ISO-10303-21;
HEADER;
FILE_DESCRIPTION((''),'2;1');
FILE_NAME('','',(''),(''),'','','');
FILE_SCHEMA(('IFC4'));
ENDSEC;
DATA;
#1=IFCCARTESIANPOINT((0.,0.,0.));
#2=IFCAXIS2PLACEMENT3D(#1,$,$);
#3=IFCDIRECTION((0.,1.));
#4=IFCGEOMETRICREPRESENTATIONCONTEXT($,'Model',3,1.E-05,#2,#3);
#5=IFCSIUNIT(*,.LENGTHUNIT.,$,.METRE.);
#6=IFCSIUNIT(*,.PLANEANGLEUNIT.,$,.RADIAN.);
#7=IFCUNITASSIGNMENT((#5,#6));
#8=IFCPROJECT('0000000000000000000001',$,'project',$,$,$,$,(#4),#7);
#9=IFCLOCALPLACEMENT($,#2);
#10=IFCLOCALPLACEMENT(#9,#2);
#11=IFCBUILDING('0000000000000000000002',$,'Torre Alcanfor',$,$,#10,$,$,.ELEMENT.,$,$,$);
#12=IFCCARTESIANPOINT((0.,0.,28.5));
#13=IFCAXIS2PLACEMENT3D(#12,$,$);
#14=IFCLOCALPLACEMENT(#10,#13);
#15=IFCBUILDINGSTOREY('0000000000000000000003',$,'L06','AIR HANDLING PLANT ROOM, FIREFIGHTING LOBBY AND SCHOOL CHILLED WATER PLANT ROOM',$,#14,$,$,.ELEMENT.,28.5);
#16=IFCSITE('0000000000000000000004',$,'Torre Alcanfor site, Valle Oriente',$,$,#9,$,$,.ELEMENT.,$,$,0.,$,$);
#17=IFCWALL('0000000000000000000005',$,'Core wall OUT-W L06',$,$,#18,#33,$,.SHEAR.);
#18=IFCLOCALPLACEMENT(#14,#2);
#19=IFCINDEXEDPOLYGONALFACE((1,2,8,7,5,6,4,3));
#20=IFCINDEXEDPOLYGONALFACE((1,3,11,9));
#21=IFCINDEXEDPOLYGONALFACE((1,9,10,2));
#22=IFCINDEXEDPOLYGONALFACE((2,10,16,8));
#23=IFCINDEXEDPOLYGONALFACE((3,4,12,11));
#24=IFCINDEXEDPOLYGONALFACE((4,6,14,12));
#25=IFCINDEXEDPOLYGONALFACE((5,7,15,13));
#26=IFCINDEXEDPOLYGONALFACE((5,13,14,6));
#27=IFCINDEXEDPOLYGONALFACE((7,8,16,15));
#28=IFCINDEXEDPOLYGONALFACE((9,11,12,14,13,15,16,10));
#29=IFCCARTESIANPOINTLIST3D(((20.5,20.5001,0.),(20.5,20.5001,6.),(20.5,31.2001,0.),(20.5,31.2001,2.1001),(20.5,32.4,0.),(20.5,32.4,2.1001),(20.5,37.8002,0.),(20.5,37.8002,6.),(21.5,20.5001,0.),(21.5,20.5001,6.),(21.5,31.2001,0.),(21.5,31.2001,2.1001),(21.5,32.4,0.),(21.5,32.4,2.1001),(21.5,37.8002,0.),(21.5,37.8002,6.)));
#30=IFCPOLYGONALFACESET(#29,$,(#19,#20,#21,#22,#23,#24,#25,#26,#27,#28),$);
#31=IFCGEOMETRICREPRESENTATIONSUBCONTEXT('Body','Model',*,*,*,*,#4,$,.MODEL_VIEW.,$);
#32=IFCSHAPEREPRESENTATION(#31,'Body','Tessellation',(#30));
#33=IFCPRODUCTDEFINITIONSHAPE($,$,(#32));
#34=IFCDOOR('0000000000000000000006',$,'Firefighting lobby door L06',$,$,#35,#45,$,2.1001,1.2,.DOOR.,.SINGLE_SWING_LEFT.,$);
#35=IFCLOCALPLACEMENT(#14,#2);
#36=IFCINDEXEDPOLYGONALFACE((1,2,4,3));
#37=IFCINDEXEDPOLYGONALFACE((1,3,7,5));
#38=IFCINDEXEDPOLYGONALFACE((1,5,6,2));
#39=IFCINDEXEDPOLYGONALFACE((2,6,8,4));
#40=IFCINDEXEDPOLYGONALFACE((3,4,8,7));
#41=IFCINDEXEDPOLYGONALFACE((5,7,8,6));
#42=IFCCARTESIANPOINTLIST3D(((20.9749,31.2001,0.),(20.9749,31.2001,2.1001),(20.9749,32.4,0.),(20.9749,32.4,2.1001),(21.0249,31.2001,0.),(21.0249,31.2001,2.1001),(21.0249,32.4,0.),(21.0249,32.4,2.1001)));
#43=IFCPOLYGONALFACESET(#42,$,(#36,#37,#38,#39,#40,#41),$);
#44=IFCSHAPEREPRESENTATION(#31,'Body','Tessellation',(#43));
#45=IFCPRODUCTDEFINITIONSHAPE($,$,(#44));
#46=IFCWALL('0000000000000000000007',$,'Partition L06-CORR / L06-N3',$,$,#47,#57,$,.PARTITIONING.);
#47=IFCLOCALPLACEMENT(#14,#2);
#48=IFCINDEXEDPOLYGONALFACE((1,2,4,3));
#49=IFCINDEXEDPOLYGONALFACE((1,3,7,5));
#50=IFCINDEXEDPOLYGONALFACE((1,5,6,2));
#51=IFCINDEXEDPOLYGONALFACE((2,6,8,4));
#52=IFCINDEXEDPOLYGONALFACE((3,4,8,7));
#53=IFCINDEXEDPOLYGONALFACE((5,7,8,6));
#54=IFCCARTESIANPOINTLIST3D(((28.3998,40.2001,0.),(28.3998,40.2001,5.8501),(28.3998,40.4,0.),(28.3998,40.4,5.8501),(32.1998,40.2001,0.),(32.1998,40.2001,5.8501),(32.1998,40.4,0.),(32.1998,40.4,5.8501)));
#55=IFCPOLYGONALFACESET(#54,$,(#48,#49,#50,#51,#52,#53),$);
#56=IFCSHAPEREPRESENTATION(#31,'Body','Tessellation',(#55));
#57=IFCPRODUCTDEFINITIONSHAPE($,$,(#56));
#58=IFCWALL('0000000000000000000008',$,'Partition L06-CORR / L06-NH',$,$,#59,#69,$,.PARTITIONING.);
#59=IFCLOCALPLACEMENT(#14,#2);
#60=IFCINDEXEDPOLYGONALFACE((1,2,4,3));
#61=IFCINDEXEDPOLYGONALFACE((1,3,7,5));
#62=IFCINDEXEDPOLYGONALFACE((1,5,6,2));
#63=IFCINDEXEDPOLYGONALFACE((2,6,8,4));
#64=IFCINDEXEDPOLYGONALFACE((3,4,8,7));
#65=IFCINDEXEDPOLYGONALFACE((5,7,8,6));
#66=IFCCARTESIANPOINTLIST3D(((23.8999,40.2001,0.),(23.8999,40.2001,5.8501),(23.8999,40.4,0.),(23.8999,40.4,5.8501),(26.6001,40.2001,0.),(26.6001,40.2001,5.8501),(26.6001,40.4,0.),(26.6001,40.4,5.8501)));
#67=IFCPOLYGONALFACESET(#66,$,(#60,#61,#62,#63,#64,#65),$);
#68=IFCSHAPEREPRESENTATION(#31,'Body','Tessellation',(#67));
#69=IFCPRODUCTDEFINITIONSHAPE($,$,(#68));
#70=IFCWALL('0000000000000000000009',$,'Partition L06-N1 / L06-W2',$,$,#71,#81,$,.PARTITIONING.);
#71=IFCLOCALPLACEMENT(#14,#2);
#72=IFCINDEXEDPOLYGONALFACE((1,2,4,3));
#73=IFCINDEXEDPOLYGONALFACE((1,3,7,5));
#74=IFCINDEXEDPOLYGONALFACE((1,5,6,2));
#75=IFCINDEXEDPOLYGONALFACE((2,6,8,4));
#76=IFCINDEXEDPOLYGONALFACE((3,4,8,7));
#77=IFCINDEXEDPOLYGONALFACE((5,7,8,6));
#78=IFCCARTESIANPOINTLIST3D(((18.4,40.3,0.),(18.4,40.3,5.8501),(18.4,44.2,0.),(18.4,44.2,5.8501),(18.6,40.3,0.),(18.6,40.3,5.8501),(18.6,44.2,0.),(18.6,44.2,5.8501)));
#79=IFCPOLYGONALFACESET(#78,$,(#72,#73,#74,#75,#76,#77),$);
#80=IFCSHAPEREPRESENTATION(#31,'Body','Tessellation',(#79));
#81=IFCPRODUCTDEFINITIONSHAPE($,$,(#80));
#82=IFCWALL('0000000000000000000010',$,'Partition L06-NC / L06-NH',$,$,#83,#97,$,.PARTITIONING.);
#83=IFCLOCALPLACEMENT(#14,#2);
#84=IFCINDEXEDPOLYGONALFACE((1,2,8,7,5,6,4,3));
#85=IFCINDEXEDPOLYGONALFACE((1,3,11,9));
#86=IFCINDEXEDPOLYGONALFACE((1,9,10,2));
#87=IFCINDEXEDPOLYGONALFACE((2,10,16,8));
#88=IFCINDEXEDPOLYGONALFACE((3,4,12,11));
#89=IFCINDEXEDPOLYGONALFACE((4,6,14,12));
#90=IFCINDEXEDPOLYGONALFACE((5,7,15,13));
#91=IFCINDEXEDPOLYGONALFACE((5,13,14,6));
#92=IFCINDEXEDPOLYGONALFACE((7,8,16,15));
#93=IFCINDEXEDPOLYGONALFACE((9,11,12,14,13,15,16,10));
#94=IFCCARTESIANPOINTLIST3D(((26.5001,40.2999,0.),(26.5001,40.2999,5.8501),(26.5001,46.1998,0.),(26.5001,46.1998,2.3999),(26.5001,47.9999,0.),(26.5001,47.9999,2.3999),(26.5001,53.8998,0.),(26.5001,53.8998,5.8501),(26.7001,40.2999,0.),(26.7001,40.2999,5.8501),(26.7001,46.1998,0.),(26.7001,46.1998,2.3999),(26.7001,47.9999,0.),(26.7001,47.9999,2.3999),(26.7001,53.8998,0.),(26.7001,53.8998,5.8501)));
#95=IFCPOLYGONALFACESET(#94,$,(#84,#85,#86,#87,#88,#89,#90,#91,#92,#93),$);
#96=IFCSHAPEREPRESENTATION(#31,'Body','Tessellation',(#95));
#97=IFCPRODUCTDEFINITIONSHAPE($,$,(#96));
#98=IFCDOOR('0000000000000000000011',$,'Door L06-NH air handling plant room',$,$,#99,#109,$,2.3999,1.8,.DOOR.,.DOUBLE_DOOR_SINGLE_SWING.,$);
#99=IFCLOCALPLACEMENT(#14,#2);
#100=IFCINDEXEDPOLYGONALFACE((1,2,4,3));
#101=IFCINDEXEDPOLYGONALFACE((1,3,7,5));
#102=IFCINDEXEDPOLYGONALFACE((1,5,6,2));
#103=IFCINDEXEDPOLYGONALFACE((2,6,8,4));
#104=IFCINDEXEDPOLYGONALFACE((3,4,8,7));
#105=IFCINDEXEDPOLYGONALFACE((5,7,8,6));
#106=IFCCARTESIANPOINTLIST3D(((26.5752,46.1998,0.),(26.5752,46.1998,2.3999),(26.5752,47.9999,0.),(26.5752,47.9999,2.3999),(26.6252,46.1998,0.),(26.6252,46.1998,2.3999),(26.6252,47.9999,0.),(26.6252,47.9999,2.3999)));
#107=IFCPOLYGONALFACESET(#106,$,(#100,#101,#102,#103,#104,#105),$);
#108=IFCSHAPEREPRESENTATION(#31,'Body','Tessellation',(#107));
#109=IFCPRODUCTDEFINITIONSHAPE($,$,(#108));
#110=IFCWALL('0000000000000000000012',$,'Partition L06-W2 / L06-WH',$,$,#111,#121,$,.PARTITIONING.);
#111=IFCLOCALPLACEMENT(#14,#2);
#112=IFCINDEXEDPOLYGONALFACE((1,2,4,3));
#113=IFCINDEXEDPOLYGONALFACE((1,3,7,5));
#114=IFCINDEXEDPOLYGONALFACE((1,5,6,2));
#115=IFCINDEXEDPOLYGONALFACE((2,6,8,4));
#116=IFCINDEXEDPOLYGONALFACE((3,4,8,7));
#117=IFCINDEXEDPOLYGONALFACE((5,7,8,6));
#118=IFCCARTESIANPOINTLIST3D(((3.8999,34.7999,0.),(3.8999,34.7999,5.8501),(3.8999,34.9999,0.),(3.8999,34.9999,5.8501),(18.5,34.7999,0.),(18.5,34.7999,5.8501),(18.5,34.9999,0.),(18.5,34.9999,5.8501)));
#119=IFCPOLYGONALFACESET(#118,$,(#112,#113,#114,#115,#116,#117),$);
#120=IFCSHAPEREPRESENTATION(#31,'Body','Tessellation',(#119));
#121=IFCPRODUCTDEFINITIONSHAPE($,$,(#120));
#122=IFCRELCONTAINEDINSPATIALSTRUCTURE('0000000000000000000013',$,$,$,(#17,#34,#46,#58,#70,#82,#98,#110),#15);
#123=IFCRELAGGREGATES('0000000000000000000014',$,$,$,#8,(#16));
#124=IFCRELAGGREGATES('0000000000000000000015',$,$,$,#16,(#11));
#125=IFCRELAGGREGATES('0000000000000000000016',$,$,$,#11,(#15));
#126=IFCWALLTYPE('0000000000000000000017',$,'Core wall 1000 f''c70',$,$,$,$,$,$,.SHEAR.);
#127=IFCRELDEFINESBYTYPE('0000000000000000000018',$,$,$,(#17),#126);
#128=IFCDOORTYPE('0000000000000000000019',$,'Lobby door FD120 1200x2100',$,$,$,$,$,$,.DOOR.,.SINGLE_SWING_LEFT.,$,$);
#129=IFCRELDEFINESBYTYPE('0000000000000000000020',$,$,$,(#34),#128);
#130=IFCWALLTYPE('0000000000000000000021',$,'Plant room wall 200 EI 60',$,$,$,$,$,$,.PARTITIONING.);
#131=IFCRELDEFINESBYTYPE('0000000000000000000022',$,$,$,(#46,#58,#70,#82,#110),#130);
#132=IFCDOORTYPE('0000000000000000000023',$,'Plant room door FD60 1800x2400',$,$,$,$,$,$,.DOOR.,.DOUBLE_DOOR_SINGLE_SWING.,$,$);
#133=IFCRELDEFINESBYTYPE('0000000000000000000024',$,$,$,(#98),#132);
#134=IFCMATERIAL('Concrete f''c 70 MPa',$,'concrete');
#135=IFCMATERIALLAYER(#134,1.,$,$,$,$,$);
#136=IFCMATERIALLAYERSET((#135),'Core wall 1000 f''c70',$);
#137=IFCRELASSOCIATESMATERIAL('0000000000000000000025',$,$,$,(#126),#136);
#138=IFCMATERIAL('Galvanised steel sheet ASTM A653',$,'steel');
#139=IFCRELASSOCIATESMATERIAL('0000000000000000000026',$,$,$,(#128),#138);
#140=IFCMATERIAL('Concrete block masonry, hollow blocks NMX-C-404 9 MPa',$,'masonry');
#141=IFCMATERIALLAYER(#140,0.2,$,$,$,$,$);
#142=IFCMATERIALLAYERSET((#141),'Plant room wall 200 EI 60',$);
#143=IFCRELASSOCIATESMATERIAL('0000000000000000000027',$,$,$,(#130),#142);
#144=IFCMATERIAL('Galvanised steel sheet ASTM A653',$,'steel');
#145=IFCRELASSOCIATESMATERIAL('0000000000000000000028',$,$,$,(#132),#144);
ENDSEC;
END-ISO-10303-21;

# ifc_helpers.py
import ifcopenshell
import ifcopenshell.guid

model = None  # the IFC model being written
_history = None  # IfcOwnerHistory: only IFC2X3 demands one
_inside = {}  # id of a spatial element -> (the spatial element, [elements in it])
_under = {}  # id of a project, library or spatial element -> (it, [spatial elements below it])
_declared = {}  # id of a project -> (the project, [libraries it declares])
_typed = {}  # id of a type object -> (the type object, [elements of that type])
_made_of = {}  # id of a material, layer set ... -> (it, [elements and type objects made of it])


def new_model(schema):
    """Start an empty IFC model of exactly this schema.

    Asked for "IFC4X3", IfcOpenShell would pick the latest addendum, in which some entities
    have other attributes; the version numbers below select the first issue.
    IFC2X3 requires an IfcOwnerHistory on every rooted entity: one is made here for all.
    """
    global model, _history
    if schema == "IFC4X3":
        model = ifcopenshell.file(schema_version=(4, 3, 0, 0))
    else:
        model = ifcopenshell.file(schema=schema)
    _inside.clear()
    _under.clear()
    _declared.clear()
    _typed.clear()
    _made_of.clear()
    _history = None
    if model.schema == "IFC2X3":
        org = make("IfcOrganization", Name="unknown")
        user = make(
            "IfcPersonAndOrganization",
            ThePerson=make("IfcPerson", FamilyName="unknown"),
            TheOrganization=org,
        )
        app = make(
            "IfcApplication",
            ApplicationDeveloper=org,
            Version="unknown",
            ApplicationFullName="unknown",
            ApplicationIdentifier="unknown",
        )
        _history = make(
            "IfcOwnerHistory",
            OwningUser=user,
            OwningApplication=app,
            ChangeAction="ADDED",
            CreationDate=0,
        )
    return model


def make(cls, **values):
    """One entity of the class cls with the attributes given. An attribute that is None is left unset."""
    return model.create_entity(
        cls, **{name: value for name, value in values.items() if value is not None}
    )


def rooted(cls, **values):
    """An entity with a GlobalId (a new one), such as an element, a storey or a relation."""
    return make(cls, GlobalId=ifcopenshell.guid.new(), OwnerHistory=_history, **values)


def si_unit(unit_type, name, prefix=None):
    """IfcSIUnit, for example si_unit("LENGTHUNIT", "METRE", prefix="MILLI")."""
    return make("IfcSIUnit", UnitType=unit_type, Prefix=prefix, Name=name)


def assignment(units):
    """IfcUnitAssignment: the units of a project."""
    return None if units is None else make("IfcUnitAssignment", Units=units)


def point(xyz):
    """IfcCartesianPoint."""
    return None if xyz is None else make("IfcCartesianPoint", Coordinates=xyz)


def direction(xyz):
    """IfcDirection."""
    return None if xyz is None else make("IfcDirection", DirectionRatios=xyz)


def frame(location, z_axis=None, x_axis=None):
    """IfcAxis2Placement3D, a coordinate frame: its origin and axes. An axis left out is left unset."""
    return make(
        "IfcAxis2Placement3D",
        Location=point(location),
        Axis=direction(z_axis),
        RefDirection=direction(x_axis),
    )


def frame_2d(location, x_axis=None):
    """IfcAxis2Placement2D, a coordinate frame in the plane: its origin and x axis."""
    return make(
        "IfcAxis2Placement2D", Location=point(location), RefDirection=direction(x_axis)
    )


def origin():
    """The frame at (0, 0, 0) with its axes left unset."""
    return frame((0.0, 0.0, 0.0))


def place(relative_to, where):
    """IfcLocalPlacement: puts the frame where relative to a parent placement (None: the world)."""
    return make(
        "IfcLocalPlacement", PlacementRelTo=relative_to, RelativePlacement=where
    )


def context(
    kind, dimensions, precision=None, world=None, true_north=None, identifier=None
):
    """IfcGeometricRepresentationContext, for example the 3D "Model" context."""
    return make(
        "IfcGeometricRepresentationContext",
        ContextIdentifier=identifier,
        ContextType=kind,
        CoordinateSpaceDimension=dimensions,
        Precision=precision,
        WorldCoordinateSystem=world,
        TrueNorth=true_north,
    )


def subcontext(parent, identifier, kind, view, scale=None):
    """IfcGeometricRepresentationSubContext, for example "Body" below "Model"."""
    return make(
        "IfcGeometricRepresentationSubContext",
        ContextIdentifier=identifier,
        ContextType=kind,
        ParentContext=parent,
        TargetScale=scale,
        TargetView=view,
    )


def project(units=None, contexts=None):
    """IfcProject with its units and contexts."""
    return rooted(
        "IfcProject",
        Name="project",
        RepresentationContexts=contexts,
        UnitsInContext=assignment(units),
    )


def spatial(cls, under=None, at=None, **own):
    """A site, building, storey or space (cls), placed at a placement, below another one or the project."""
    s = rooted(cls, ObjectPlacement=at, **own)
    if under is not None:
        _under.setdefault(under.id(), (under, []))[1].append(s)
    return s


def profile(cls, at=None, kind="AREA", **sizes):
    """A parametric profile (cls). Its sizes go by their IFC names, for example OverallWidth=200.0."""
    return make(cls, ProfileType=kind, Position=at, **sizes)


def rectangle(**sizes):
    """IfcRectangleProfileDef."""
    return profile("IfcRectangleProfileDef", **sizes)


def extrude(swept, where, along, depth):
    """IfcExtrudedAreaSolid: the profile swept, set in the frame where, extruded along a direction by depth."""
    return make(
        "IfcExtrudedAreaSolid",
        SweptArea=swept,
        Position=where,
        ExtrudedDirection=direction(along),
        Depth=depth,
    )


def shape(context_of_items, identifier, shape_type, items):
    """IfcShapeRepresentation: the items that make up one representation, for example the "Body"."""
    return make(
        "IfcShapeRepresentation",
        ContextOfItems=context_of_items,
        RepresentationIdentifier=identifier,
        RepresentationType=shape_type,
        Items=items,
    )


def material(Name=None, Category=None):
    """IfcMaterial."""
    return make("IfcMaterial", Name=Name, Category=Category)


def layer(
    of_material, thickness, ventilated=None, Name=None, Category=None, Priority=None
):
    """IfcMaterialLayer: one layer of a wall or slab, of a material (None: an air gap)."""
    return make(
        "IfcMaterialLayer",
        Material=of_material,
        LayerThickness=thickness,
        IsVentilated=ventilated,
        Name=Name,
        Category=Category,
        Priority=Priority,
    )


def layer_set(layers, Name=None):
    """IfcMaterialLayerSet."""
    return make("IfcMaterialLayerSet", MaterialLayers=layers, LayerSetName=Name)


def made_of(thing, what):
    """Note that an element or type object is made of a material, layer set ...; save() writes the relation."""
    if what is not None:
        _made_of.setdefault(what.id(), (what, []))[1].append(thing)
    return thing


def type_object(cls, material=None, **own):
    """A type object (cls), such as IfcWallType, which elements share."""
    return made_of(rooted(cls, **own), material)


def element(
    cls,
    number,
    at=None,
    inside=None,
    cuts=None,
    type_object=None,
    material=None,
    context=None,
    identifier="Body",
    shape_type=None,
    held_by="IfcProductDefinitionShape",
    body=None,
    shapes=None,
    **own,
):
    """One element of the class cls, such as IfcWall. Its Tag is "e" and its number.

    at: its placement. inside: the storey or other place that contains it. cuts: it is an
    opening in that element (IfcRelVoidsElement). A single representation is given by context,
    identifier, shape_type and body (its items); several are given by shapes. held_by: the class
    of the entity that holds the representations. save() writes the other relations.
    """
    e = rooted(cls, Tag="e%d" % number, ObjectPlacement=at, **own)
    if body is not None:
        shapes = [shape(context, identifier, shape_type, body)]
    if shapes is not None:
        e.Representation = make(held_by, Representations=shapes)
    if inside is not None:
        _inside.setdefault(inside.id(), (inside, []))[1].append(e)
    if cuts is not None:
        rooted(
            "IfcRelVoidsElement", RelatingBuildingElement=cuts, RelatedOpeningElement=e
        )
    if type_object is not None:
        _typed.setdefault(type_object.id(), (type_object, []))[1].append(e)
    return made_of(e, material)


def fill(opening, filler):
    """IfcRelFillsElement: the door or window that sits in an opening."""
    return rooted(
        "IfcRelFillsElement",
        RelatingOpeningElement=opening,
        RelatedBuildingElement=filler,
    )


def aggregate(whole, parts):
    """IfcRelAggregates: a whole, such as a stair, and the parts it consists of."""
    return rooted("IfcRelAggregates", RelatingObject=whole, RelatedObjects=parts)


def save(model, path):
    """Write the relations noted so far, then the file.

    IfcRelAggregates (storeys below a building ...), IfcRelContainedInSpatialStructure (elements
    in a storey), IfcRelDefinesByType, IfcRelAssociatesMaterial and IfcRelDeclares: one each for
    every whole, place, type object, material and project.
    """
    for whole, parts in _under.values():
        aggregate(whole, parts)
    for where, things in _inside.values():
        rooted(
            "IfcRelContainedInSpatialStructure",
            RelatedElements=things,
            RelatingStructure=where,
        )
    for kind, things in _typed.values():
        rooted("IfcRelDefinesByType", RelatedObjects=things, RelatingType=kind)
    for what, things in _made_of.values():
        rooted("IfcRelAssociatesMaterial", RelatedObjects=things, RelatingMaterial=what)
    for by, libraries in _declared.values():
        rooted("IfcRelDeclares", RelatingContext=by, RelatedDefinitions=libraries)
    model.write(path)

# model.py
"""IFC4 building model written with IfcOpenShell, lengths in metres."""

from ifc_helpers import new_model, si_unit, direction, frame, frame_2d, origin, place, context, subcontext, project, spatial, rectangle, extrude, material, layer, layer_set, type_object, element, fill, save


model = new_model("IFC4")

# Units and contexts
model_context = context("Model", 3, precision=1e-05, world=origin(), true_north=direction((0.0, 1.0)))
body_context = subcontext(model_context, "Body", "Model", "MODEL_VIEW")
ifc_project = project(units=[si_unit("LENGTHUNIT", "METRE"), si_unit("PLANEANGLEUNIT", "RADIAN")], contexts=[model_context])

# Site, building, storey
site_placement = place(None, origin())
site = spatial("IfcSite", under=ifc_project, at=site_placement, Name="Torre Alcanfor site, Valle Oriente", CompositionType="ELEMENT", RefElevation=0.0)
building_placement = place(site_placement, origin())
building = spatial("IfcBuilding", under=site, at=building_placement, Name="Torre Alcanfor", CompositionType="ELEMENT")
storey_placement = place(building_placement, frame((0.0, 0.0, 28.5)))
storey = spatial("IfcBuildingStorey", under=building, at=storey_placement, Name="L06", Description="AIR HANDLING PLANT ROOM, FIREFIGHTING LOBBY AND SCHOOL CHILLED WATER PLANT ROOM", CompositionType="ELEMENT", Elevation=28.5)

# Wall, opening, door
ifc_material_1 = material(Name="Concrete f'c 70 MPa", Category="concrete")
ifc_layer_1 = layer(ifc_material_1, 1.0)
ifc_layer_set_1 = layer_set([ifc_layer_1], Name="Core wall 1000 f'c70")
wall_type_1 = type_object("IfcWallType", Name="Core wall 1000 f'c70", PredefinedType="SHEAR", material=ifc_layer_set_1)
wall_1_placement = place(storey_placement, frame((21.0, 37.8, 0.0), z_axis=(0.0, 0.0, 1.0), x_axis=(0.0, -1.0, 0.0)))
wall_1 = element("IfcWall", 1, at=wall_1_placement, inside=storey, type_object=wall_type_1, Name="Core wall OUT-W L06", PredefinedType="SHEAR", context=body_context, shape_type="SweptSolid", body=[
    extrude(rectangle(XDim=17.3, YDim=1.0, at=frame_2d((8.6499, 0.0))), origin(), (0.0, 0.0, 1.0), 6.0),
])
opening_1_placement = place(wall_1_placement, frame((5.3999, 0.0, 0.0)))
opening_1 = element("IfcOpeningElement", 2, at=opening_1_placement, cuts=wall_1, PredefinedType="OPENING", context=body_context, shape_type="SweptSolid", body=[
    extrude(rectangle(XDim=1.2, YDim=2.1001, at=frame_2d((0.6001, 1.05))), frame((0.0, 0.51, 0.0), z_axis=(0.0, -1.0, 0.0), x_axis=(1.0, 0.0, 0.0)), (0.0, 0.0, 1.0), 1.02),
])
ifc_material_2 = material(Name="Galvanised steel sheet ASTM A653", Category="steel")
door_type_1 = type_object("IfcDoorType", Name="Lobby door FD120 1200x2100", OperationType="SINGLE_SWING_LEFT", PredefinedType="DOOR", material=ifc_material_2)
door_1_placement = place(opening_1_placement, origin())
door_1 = element("IfcDoor", 3, at=door_1_placement, inside=storey, type_object=door_type_1, Name="Firefighting lobby door L06", OperationType="SINGLE_SWING_LEFT", OverallHeight=2.1001, OverallWidth=1.2, PredefinedType="DOOR", context=body_context, shape_type="SweptSolid", body=[
    extrude(rectangle(XDim=1.2, YDim=2.1001, at=frame_2d((0.6001, 1.05))), frame((0.0, 0.0249, 0.0), z_axis=(0.0, -1.0, 0.0), x_axis=(1.0, 0.0, 0.0)), (0.0, 0.0, 1.0), 0.05),
])
fill(opening_1, door_1)
ifc_material_3 = material(Name="Concrete block masonry, hollow blocks NMX-C-404 9 MPa", Category="masonry")
ifc_layer_2 = layer(ifc_material_3, 0.2)
ifc_layer_set_2 = layer_set([ifc_layer_2], Name="Plant room wall 200 EI 60")
wall_type_2 = type_object("IfcWallType", Name="Plant room wall 200 EI 60", PredefinedType="PARTITIONING", material=ifc_layer_set_2)
ifc_material_4 = material(Name="Galvanised steel sheet ASTM A653", Category="steel")
door_type_2 = type_object("IfcDoorType", Name="Plant room door FD60 1800x2400", OperationType="DOUBLE_DOOR_SINGLE_SWING", PredefinedType="DOOR", material=ifc_material_4)

# Walls
wall_2_placement = place(storey_placement, frame((28.3999, 40.3, 0.0), z_axis=(0.0, 0.0, 1.0), x_axis=(1.0, 0.0, 0.0)))
element("IfcWall", 4, at=wall_2_placement, inside=storey, type_object=wall_type_2, Name="Partition L06-CORR / L06-N3", PredefinedType="PARTITIONING", context=body_context, shape_type="SweptSolid", body=[
    extrude(rectangle(XDim=3.8, YDim=0.2, at=frame_2d((1.8999, 0.0))), origin(), (0.0, 0.0, 1.0), 5.8501),
])
wall_3_placement = place(storey_placement, frame((23.8999, 40.3, 0.0), z_axis=(0.0, 0.0, 1.0), x_axis=(1.0, 0.0, 0.0)))
element("IfcWall", 5, at=wall_3_placement, inside=storey, type_object=wall_type_2, Name="Partition L06-CORR / L06-NH", PredefinedType="PARTITIONING", context=body_context, shape_type="SweptSolid", body=[
    extrude(rectangle(XDim=2.7002, YDim=0.2, at=frame_2d((1.3501, 0.0))), origin(), (0.0, 0.0, 1.0), 5.8501),
])

# Wall
wall_4_placement = place(storey_placement, frame((18.5, 40.3, 0.0), z_axis=(0.0, 0.0, 1.0), x_axis=(0.0, 1.0, 0.0)))
element("IfcWall", 6, at=wall_4_placement, inside=storey, type_object=wall_type_2, Name="Partition L06-N1 / L06-W2", PredefinedType="PARTITIONING", context=body_context, shape_type="SweptSolid", body=[
    extrude(rectangle(XDim=3.8999, YDim=0.2, at=frame_2d((1.95, 0.0))), origin(), (0.0, 0.0, 1.0), 5.8501),
])

# Wall, opening, door
wall_5_placement = place(storey_placement, frame((26.6001, 40.3, 0.0), z_axis=(0.0, 0.0, 1.0), x_axis=(0.0, 1.0, 0.0)))
wall_5 = element("IfcWall", 7, at=wall_5_placement, inside=storey, type_object=wall_type_2, Name="Partition L06-NC / L06-NH", PredefinedType="PARTITIONING", context=body_context, shape_type="SweptSolid", body=[
    extrude(rectangle(XDim=13.5999, YDim=0.2, at=frame_2d((6.7998, 0.0))), origin(), (0.0, 0.0, 1.0), 5.8501),
])
opening_2_placement = place(wall_5_placement, frame((5.8999, 0.0, 0.0)))
opening_2 = element("IfcOpeningElement", 8, at=opening_2_placement, cuts=wall_5, PredefinedType="OPENING", context=body_context, shape_type="SweptSolid", body=[
    extrude(rectangle(XDim=1.8, YDim=2.3999, at=frame_2d((0.8999, 1.2))), frame((0.0, 0.1099, 0.0), z_axis=(0.0, -1.0, 0.0), x_axis=(1.0, 0.0, 0.0)), (0.0, 0.0, 1.0), 0.22),
])
door_2_placement = place(opening_2_placement, origin())
door_2 = element("IfcDoor", 9, at=door_2_placement, inside=storey, type_object=door_type_2, Name="Door L06-NH air handling plant room", OperationType="DOUBLE_DOOR_SINGLE_SWING", OverallHeight=2.3999, OverallWidth=1.8, PredefinedType="DOOR", context=body_context, shape_type="SweptSolid", body=[
    extrude(rectangle(XDim=1.8, YDim=2.3999, at=frame_2d((0.8999, 1.2))), frame((0.0, 0.0249, 0.0), z_axis=(0.0, -1.0, 0.0), x_axis=(1.0, 0.0, 0.0)), (0.0, 0.0, 1.0), 0.05),
])
fill(opening_2, door_2)

# Wall
wall_6_placement = place(storey_placement, frame((18.5, 34.8999, 0.0), z_axis=(0.0, 0.0, 1.0), x_axis=(-1.0, 0.0, 0.0)))
element("IfcWall", 10, at=wall_6_placement, inside=storey, type_object=wall_type_2, Name="Partition L06-W2 / L06-WH", PredefinedType="PARTITIONING", context=body_context, shape_type="SweptSolid", body=[
    extrude(rectangle(XDim=14.6001, YDim=0.2, at=frame_2d((7.3, 0.0))), origin(), (0.0, 0.0, 1.0), 5.8501),
])

save(model, "model.ifc")
